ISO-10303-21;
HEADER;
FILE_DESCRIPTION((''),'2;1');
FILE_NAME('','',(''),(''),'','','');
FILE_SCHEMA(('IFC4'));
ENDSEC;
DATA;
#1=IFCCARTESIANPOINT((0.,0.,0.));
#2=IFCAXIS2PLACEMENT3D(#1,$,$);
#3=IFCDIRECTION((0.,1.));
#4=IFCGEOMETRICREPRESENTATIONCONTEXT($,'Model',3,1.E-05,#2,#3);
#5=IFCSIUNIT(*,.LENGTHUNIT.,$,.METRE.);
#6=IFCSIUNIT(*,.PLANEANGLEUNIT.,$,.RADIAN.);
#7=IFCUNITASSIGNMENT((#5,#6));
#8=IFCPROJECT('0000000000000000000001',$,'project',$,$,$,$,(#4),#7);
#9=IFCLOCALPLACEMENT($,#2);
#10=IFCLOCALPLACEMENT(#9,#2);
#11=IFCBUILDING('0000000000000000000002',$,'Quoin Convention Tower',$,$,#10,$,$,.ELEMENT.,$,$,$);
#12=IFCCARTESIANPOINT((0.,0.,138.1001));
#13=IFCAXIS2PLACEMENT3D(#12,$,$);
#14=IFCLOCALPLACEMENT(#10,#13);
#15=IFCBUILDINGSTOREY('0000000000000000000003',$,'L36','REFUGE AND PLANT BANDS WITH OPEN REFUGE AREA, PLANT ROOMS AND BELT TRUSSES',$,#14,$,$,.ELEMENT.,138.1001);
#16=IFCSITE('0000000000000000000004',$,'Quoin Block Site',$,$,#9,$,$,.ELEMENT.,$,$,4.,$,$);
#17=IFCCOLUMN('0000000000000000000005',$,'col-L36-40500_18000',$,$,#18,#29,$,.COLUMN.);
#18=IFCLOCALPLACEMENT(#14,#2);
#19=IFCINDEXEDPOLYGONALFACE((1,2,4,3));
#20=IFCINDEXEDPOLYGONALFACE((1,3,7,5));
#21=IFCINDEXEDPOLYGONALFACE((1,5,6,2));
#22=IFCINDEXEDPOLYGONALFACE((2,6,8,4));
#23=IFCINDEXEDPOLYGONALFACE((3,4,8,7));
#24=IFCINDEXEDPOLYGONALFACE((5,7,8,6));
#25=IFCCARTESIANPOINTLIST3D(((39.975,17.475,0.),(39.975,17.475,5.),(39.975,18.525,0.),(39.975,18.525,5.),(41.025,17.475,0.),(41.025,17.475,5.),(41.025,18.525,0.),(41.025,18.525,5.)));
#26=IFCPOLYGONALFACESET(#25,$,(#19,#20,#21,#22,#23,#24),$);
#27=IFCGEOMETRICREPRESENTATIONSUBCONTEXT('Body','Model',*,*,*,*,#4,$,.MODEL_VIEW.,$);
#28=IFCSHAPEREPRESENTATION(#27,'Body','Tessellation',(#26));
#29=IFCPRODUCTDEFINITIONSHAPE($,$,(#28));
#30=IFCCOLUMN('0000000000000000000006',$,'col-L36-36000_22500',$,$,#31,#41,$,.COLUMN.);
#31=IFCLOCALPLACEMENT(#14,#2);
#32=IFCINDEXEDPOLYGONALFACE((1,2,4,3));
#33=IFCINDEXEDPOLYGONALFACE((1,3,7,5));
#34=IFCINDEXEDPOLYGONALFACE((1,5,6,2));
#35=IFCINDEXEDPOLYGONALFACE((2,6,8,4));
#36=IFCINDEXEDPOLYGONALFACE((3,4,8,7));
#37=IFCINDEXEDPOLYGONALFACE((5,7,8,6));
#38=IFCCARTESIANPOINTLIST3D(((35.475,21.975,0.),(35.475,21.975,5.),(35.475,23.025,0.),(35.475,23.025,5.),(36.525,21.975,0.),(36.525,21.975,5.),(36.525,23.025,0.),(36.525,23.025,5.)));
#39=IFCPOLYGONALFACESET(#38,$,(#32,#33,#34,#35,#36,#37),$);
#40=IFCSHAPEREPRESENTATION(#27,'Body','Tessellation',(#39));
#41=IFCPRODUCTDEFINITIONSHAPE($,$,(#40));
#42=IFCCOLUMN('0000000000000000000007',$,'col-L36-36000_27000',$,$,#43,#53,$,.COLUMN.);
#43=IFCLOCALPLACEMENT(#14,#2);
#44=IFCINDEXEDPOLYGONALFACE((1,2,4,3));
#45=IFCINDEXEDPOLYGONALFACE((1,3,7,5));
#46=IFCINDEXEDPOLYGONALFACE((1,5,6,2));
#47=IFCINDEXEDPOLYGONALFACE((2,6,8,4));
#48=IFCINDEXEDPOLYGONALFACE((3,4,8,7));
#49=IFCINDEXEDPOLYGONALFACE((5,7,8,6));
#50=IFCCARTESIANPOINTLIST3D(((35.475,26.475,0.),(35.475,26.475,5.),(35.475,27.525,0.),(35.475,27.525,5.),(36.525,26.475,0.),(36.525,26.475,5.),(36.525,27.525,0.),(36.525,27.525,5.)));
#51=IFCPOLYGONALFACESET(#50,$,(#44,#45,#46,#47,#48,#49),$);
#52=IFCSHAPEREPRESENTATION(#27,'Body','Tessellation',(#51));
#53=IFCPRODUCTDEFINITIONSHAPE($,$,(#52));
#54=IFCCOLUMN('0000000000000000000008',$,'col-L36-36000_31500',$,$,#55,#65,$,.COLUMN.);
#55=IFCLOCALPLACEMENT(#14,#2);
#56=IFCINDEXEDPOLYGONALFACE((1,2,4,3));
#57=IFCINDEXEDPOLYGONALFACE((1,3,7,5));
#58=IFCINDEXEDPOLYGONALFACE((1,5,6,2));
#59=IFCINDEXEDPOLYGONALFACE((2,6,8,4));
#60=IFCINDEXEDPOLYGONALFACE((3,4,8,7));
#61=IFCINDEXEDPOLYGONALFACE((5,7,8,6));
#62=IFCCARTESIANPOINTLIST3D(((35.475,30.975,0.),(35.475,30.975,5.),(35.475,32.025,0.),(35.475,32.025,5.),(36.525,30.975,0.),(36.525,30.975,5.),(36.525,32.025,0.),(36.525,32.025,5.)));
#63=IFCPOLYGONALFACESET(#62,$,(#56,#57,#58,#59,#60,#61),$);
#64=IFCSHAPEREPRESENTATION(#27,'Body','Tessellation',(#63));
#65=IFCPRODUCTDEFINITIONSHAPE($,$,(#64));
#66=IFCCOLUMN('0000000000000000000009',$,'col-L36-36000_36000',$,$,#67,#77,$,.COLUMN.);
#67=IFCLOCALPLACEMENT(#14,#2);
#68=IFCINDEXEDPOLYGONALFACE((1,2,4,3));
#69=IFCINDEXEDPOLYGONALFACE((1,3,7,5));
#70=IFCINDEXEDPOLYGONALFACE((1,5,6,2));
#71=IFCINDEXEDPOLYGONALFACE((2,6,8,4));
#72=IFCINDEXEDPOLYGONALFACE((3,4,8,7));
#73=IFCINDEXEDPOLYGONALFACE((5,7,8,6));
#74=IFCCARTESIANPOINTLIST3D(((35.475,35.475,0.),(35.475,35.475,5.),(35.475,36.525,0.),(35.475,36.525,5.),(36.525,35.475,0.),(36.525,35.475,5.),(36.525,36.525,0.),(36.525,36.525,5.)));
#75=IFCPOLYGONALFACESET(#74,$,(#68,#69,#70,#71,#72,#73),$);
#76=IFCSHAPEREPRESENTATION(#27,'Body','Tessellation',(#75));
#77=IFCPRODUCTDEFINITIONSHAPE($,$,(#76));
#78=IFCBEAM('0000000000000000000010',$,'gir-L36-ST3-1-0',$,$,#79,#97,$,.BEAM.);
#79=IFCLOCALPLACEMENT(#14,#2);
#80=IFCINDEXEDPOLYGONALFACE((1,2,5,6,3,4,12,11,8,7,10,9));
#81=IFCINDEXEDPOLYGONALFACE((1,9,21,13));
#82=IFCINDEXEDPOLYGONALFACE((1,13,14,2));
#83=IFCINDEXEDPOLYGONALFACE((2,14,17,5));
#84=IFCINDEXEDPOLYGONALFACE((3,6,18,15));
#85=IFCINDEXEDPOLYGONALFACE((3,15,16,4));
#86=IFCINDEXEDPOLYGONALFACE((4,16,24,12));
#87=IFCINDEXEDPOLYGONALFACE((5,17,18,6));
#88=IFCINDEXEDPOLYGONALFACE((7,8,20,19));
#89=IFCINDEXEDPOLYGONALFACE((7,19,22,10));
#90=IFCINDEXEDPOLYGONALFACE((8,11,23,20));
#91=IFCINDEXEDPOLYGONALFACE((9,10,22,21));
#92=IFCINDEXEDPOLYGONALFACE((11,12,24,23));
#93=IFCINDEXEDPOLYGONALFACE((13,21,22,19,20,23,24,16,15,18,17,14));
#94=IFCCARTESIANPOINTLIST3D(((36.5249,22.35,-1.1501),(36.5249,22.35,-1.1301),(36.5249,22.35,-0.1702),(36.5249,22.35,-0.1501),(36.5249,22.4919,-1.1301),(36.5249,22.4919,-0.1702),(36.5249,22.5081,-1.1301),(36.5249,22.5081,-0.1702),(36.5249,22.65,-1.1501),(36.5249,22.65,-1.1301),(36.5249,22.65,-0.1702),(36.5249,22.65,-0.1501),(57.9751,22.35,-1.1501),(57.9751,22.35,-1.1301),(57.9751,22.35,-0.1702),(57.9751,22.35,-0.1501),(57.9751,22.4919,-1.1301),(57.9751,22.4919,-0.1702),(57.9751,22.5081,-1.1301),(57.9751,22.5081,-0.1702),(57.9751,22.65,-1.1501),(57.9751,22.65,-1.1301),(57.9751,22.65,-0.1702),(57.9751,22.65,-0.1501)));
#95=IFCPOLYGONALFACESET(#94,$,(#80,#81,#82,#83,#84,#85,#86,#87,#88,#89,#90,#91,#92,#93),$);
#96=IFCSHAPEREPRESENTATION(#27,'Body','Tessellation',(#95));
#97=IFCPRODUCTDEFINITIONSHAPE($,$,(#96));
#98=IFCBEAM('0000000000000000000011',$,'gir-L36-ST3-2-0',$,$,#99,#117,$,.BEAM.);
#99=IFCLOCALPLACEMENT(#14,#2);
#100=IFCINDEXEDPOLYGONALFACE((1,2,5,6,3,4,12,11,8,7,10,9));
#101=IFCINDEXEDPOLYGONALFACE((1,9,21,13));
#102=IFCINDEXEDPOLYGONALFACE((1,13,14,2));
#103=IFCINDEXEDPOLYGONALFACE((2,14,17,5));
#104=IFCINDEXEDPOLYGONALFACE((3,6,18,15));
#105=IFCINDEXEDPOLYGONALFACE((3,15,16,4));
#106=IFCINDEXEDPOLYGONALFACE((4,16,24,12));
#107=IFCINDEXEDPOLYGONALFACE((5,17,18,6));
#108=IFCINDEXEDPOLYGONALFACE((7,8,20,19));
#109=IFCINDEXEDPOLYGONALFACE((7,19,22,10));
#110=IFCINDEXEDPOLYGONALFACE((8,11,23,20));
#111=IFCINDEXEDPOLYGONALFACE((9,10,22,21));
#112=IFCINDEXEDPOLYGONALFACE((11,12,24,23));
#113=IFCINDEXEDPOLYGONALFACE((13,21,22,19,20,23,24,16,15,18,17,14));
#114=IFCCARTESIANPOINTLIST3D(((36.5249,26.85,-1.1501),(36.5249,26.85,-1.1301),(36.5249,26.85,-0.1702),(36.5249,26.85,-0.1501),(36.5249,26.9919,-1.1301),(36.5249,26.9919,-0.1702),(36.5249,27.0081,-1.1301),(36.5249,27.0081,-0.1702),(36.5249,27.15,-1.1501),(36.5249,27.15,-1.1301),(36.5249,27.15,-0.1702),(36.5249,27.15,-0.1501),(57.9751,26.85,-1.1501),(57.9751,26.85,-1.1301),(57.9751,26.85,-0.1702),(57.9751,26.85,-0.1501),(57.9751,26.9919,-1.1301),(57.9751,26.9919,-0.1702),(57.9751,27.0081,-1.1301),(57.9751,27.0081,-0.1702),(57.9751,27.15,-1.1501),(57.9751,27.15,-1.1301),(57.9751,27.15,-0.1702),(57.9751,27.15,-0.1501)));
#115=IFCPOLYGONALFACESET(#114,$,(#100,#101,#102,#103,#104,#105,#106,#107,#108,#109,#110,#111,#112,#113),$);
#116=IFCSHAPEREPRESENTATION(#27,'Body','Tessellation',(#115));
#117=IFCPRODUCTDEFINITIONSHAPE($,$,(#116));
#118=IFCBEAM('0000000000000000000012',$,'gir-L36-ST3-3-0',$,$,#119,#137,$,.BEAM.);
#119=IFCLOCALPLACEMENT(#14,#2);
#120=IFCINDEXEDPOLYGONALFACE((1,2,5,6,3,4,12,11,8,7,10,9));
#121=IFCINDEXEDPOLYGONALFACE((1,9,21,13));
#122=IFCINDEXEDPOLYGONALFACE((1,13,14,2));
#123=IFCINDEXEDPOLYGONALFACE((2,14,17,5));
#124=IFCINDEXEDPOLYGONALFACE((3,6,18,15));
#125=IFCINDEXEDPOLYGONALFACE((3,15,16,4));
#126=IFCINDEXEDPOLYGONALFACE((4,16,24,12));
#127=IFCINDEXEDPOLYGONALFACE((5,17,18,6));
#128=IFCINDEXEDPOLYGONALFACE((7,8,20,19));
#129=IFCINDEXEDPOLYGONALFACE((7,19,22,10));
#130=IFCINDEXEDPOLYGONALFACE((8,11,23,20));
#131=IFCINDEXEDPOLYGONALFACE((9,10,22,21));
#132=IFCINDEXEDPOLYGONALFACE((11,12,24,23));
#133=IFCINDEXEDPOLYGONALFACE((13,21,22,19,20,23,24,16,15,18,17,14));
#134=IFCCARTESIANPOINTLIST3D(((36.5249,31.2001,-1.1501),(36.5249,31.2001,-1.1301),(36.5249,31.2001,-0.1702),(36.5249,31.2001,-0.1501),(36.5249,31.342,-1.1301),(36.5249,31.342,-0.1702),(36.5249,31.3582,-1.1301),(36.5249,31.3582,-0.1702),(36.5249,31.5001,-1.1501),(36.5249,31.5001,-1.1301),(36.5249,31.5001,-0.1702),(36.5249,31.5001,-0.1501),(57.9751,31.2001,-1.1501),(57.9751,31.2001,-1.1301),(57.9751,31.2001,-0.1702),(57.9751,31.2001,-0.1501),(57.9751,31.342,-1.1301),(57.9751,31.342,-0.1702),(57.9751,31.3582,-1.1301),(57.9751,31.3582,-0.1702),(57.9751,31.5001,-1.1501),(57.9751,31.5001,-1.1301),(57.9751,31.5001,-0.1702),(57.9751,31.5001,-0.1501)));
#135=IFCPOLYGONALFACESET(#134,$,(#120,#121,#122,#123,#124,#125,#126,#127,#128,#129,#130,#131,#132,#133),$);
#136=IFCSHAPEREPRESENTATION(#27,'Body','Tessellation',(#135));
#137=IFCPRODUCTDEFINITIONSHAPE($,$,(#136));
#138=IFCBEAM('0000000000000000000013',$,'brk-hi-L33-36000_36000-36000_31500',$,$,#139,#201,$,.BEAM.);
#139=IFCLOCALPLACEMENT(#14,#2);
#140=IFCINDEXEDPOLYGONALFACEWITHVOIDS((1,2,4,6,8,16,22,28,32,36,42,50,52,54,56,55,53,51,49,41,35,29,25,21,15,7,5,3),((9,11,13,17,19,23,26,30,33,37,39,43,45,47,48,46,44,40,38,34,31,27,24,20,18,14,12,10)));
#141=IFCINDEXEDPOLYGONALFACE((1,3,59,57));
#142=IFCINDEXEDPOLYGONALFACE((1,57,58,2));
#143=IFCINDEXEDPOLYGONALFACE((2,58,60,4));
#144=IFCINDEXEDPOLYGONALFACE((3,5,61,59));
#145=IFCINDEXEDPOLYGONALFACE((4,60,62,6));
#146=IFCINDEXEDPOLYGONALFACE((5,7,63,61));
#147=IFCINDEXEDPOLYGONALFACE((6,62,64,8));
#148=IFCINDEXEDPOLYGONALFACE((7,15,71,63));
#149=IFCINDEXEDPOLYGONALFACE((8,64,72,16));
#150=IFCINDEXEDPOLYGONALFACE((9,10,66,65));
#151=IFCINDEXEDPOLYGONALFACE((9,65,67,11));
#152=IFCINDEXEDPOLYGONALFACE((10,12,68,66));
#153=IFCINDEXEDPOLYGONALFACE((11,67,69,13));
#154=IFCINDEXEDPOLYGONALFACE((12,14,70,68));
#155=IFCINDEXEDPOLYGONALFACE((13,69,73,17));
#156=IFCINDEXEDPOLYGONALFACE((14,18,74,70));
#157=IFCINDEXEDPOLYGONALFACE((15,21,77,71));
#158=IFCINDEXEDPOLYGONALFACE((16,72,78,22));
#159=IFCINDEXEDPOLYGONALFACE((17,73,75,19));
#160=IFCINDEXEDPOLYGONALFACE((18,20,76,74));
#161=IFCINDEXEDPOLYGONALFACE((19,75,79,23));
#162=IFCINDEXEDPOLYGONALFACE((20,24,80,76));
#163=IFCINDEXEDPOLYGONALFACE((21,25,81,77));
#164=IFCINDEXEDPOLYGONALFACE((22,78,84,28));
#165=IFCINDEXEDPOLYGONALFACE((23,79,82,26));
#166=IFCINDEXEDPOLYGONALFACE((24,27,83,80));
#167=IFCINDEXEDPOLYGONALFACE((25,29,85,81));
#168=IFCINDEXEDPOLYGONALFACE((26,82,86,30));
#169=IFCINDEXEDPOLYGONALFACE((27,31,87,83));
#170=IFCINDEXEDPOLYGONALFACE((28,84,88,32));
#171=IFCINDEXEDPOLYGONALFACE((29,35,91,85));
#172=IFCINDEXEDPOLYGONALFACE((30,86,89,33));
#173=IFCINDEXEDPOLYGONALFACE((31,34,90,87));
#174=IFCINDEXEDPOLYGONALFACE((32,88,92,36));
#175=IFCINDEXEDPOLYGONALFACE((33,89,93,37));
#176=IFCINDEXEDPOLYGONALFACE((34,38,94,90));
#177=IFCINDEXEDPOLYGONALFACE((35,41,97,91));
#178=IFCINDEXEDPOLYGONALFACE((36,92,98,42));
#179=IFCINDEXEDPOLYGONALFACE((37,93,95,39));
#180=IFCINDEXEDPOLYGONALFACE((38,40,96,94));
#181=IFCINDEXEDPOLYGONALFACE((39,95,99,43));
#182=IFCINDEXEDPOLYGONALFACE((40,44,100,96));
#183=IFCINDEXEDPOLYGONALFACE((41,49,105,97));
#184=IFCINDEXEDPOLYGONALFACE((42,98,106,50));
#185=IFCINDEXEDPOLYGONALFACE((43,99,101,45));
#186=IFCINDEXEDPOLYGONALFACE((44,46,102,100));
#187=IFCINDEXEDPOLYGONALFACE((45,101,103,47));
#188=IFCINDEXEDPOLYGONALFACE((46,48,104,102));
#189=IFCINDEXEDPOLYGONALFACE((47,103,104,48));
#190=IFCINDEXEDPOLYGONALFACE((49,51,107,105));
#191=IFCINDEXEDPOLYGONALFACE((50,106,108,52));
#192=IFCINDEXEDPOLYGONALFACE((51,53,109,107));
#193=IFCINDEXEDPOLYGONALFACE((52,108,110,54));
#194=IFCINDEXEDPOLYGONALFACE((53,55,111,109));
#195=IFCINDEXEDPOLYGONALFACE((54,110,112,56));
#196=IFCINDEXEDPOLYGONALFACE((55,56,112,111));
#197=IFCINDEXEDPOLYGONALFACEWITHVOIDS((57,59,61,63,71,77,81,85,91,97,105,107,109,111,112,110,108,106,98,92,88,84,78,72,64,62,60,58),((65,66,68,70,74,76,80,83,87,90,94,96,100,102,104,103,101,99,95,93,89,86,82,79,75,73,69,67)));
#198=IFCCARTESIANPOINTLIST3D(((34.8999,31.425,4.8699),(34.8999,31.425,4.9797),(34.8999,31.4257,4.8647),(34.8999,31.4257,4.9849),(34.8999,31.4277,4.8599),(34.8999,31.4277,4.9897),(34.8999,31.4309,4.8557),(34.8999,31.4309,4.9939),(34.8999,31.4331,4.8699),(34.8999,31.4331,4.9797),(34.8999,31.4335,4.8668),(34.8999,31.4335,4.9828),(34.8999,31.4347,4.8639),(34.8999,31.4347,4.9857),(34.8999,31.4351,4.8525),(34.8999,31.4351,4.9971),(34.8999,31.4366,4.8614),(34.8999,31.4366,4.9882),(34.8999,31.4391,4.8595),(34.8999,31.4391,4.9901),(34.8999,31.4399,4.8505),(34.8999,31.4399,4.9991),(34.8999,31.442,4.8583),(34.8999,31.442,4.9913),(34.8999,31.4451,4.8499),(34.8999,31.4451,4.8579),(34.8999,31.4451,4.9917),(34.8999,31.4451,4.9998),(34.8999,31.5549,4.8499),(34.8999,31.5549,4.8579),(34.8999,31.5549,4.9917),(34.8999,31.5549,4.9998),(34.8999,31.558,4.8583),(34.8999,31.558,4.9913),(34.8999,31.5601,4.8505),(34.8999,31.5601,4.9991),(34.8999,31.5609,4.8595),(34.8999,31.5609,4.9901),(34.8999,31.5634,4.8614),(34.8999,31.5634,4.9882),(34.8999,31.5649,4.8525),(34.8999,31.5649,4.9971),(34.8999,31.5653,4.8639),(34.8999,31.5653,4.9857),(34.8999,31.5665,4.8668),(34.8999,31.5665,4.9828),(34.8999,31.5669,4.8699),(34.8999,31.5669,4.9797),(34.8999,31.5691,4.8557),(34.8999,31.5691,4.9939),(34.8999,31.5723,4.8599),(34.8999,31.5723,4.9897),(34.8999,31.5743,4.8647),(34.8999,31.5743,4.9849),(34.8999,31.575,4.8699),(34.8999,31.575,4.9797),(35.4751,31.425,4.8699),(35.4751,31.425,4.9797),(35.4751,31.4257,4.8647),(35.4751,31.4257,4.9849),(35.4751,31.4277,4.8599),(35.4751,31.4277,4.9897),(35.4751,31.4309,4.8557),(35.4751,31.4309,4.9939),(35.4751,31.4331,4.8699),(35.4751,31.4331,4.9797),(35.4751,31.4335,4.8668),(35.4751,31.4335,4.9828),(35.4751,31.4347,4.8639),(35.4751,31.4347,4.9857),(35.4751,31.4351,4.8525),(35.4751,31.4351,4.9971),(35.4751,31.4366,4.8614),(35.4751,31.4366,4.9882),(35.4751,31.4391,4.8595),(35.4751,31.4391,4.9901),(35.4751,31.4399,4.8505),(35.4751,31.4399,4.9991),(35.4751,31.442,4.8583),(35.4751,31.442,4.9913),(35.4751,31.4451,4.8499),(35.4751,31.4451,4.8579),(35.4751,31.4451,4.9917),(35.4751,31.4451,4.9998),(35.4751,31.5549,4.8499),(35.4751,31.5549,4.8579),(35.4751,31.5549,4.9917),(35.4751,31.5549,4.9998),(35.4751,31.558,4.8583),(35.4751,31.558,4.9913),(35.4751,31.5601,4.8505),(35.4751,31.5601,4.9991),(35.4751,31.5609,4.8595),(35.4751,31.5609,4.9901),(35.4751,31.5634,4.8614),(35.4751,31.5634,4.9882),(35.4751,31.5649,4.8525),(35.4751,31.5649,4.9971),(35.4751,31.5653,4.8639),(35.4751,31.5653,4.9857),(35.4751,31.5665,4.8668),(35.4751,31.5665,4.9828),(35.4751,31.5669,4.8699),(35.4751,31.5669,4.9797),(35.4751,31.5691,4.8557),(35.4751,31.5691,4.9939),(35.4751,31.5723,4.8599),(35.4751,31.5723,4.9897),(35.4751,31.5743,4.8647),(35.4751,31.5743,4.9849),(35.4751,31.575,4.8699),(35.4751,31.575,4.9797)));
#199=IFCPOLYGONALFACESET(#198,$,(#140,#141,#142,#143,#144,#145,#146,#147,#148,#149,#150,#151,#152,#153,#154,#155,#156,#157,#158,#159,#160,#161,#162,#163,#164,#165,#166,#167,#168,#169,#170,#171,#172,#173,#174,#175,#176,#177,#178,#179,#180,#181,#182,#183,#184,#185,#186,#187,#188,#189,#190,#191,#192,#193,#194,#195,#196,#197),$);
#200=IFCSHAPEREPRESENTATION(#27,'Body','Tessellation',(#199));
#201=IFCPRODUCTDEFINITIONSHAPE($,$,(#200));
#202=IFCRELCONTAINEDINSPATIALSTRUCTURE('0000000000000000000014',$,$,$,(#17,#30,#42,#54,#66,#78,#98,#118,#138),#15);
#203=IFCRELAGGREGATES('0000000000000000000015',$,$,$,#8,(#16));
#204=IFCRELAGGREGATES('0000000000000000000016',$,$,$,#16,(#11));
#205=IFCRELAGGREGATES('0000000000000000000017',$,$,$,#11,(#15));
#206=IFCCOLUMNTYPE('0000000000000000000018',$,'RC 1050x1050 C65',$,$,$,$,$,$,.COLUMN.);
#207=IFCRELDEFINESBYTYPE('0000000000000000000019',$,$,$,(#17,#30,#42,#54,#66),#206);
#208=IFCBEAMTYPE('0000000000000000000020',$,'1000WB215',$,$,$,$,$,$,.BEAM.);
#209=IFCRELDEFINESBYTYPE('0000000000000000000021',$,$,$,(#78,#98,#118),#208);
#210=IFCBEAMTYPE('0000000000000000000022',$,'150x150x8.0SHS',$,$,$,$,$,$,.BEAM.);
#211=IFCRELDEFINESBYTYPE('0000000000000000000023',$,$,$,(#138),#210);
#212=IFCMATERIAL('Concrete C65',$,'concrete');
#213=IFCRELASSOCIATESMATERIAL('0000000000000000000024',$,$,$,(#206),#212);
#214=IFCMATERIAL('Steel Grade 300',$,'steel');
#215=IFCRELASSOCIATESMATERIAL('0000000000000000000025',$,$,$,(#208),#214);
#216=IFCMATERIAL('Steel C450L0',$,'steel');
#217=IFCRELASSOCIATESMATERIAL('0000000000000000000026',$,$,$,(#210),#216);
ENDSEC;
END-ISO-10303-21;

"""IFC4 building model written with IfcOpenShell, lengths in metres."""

from ifc_helpers import new_model, si_unit, direction, frame, origin, origin_2d, place, context, subcontext, project, spatial, rectangle, hollow_rectangle, i_section, extrude, material, material_profile, profile_set, type_object, element, save


model = new_model("IFC4")

# Units and contexts
model_context = context("Model", 3, precision=1e-05, world=origin(), true_north=direction((0.0, 1.0)))
body_context = subcontext(model_context, "Body", "Model", "MODEL_VIEW")
ifc_project = project(units=[si_unit("LENGTHUNIT", "METRE"), si_unit("PLANEANGLEUNIT", "RADIAN")], contexts=[model_context])

# Site, building, storey
site_placement = place(None, origin())
site = spatial("IfcSite", under=ifc_project, at=site_placement, Name="Quoin Block Site", CompositionType="ELEMENT", RefElevation=4.0)
building_placement = place(site_placement, origin())
building = spatial("IfcBuilding", under=site, at=building_placement, Name="Quoin Convention Tower", CompositionType="ELEMENT")
storey_placement = place(building_placement, frame((0.0, 0.0, 138.1001)))
storey = spatial("IfcBuildingStorey", under=building, at=storey_placement, Name="L36", Description="REFUGE AND PLANT BANDS WITH OPEN REFUGE AREA, PLANT ROOMS AND BELT TRUSSES", CompositionType="ELEMENT", Elevation=138.1001)

# Columns
ifc_material_1 = material(Name="Concrete C65", Category="concrete")
ifc_material_profile_1 = material_profile(ifc_material_1, rectangle(XDim=1.05, YDim=1.05, at=origin_2d()), Name="RC 1050x1050")
ifc_profile_set_1 = profile_set([ifc_material_profile_1], Name="Concrete C65")
column_type = type_object("IfcColumnType", Name="RC 1050x1050 C65", PredefinedType="COLUMN", material=ifc_profile_set_1)
for number, where, z_axis, x_axis, name in (
    (1, (40.5, 18.0, 0.0), (0.0, 0.0, 1.0), (1.0, 0.0, 0.0), "col-L36-40500_18000"),
    (2, (36.0, 22.5, 0.0), (0.0, 0.0, 1.0), (1.0, 0.0, 0.0), "col-L36-36000_22500"),
    (3, (36.0, 27.0, 0.0), (0.0, 0.0, 1.0), (1.0, 0.0, 0.0), "col-L36-36000_27000"),
    (4, (36.0, 31.5, 0.0), (0.0, 0.0, 1.0), (1.0, 0.0, 0.0), "col-L36-36000_31500"),
    (5, (36.0, 36.0, 0.0), (0.0, 0.0, 1.0), (1.0, 0.0, 0.0), "col-L36-36000_36000"),
):
    element("IfcColumn", number, at=place(storey_placement, frame(where, z_axis=z_axis, x_axis=x_axis)), inside=storey, type_object=column_type, Name=name, PredefinedType="COLUMN", context=body_context, shape_type="SweptSolid", body=[
        extrude(rectangle(XDim=1.05, YDim=1.05, at=origin_2d()), origin(), (0.0, 0.0, 1.0), 5.0),
    ])

# Beams
ifc_material_2 = material(Name="Steel Grade 300", Category="steel")
ifc_material_profile_2 = material_profile(ifc_material_2, i_section(OverallWidth=0.3, OverallDepth=1.0, WebThickness=0.0161, FlangeThickness=0.02, at=origin_2d()), Name="1000WB215")
ifc_profile_set_2 = profile_set([ifc_material_profile_2], Name="Steel Grade 300")
beam_type_1 = type_object("IfcBeamType", Name="1000WB215", PredefinedType="BEAM", material=ifc_profile_set_2)
for number, where, z_axis, x_axis, name in (
    (6, (36.5249, 22.5, -0.6501), (1.0, 0.0, 0.0), (0.0, 1.0, 0.0), "gir-L36-ST3-1-0"),
    (7, (36.5249, 27.0, -0.6501), (1.0, 0.0, 0.0), (0.0, 1.0, 0.0), "gir-L36-ST3-2-0"),
    (8, (36.5249, 31.3501, -0.6501), (1.0, 0.0, 0.0), (0.0, 1.0, 0.0), "gir-L36-ST3-3-0"),
):
    element("IfcBeam", number, at=place(storey_placement, frame(where, z_axis=z_axis, x_axis=x_axis)), inside=storey, type_object=beam_type_1, Name=name, PredefinedType="BEAM", context=body_context, shape_type="SweptSolid", body=[
        extrude(i_section(OverallWidth=0.3, OverallDepth=1.0, WebThickness=0.0161, FlangeThickness=0.02, at=origin_2d()), origin(), (0.0, 0.0, 1.0), 21.4502),
    ])
ifc_material_3 = material(Name="Steel C450L0", Category="steel")
ifc_material_profile_3 = material_profile(ifc_material_3, hollow_rectangle(XDim=0.1499, YDim=0.1499, WallThickness=0.0081, InnerFilletRadius=0.012, OuterFilletRadius=0.02, at=origin_2d()), Name="150x150x8.0SHS")
ifc_profile_set_3 = profile_set([ifc_material_profile_3], Name="Steel C450L0")
beam_type_2 = type_object("IfcBeamType", Name="150x150x8.0SHS", PredefinedType="BEAM", material=ifc_profile_set_3)
beam_1_placement = place(storey_placement, frame((35.4751, 31.5, 4.9248), z_axis=(-1.0, 0.0, 0.0), x_axis=(0.0, -1.0, 0.0)))
element("IfcBeam", 9, at=beam_1_placement, inside=storey, type_object=beam_type_2, Name="brk-hi-L33-36000_36000-36000_31500", PredefinedType="BEAM", context=body_context, shape_type="SweptSolid", body=[
    extrude(hollow_rectangle(XDim=0.1499, YDim=0.1499, WallThickness=0.0081, InnerFilletRadius=0.012, OuterFilletRadius=0.02, at=origin_2d()), origin(), (0.0, 0.0, 1.0), 0.5752),
])

save(model, "model.ifc")
